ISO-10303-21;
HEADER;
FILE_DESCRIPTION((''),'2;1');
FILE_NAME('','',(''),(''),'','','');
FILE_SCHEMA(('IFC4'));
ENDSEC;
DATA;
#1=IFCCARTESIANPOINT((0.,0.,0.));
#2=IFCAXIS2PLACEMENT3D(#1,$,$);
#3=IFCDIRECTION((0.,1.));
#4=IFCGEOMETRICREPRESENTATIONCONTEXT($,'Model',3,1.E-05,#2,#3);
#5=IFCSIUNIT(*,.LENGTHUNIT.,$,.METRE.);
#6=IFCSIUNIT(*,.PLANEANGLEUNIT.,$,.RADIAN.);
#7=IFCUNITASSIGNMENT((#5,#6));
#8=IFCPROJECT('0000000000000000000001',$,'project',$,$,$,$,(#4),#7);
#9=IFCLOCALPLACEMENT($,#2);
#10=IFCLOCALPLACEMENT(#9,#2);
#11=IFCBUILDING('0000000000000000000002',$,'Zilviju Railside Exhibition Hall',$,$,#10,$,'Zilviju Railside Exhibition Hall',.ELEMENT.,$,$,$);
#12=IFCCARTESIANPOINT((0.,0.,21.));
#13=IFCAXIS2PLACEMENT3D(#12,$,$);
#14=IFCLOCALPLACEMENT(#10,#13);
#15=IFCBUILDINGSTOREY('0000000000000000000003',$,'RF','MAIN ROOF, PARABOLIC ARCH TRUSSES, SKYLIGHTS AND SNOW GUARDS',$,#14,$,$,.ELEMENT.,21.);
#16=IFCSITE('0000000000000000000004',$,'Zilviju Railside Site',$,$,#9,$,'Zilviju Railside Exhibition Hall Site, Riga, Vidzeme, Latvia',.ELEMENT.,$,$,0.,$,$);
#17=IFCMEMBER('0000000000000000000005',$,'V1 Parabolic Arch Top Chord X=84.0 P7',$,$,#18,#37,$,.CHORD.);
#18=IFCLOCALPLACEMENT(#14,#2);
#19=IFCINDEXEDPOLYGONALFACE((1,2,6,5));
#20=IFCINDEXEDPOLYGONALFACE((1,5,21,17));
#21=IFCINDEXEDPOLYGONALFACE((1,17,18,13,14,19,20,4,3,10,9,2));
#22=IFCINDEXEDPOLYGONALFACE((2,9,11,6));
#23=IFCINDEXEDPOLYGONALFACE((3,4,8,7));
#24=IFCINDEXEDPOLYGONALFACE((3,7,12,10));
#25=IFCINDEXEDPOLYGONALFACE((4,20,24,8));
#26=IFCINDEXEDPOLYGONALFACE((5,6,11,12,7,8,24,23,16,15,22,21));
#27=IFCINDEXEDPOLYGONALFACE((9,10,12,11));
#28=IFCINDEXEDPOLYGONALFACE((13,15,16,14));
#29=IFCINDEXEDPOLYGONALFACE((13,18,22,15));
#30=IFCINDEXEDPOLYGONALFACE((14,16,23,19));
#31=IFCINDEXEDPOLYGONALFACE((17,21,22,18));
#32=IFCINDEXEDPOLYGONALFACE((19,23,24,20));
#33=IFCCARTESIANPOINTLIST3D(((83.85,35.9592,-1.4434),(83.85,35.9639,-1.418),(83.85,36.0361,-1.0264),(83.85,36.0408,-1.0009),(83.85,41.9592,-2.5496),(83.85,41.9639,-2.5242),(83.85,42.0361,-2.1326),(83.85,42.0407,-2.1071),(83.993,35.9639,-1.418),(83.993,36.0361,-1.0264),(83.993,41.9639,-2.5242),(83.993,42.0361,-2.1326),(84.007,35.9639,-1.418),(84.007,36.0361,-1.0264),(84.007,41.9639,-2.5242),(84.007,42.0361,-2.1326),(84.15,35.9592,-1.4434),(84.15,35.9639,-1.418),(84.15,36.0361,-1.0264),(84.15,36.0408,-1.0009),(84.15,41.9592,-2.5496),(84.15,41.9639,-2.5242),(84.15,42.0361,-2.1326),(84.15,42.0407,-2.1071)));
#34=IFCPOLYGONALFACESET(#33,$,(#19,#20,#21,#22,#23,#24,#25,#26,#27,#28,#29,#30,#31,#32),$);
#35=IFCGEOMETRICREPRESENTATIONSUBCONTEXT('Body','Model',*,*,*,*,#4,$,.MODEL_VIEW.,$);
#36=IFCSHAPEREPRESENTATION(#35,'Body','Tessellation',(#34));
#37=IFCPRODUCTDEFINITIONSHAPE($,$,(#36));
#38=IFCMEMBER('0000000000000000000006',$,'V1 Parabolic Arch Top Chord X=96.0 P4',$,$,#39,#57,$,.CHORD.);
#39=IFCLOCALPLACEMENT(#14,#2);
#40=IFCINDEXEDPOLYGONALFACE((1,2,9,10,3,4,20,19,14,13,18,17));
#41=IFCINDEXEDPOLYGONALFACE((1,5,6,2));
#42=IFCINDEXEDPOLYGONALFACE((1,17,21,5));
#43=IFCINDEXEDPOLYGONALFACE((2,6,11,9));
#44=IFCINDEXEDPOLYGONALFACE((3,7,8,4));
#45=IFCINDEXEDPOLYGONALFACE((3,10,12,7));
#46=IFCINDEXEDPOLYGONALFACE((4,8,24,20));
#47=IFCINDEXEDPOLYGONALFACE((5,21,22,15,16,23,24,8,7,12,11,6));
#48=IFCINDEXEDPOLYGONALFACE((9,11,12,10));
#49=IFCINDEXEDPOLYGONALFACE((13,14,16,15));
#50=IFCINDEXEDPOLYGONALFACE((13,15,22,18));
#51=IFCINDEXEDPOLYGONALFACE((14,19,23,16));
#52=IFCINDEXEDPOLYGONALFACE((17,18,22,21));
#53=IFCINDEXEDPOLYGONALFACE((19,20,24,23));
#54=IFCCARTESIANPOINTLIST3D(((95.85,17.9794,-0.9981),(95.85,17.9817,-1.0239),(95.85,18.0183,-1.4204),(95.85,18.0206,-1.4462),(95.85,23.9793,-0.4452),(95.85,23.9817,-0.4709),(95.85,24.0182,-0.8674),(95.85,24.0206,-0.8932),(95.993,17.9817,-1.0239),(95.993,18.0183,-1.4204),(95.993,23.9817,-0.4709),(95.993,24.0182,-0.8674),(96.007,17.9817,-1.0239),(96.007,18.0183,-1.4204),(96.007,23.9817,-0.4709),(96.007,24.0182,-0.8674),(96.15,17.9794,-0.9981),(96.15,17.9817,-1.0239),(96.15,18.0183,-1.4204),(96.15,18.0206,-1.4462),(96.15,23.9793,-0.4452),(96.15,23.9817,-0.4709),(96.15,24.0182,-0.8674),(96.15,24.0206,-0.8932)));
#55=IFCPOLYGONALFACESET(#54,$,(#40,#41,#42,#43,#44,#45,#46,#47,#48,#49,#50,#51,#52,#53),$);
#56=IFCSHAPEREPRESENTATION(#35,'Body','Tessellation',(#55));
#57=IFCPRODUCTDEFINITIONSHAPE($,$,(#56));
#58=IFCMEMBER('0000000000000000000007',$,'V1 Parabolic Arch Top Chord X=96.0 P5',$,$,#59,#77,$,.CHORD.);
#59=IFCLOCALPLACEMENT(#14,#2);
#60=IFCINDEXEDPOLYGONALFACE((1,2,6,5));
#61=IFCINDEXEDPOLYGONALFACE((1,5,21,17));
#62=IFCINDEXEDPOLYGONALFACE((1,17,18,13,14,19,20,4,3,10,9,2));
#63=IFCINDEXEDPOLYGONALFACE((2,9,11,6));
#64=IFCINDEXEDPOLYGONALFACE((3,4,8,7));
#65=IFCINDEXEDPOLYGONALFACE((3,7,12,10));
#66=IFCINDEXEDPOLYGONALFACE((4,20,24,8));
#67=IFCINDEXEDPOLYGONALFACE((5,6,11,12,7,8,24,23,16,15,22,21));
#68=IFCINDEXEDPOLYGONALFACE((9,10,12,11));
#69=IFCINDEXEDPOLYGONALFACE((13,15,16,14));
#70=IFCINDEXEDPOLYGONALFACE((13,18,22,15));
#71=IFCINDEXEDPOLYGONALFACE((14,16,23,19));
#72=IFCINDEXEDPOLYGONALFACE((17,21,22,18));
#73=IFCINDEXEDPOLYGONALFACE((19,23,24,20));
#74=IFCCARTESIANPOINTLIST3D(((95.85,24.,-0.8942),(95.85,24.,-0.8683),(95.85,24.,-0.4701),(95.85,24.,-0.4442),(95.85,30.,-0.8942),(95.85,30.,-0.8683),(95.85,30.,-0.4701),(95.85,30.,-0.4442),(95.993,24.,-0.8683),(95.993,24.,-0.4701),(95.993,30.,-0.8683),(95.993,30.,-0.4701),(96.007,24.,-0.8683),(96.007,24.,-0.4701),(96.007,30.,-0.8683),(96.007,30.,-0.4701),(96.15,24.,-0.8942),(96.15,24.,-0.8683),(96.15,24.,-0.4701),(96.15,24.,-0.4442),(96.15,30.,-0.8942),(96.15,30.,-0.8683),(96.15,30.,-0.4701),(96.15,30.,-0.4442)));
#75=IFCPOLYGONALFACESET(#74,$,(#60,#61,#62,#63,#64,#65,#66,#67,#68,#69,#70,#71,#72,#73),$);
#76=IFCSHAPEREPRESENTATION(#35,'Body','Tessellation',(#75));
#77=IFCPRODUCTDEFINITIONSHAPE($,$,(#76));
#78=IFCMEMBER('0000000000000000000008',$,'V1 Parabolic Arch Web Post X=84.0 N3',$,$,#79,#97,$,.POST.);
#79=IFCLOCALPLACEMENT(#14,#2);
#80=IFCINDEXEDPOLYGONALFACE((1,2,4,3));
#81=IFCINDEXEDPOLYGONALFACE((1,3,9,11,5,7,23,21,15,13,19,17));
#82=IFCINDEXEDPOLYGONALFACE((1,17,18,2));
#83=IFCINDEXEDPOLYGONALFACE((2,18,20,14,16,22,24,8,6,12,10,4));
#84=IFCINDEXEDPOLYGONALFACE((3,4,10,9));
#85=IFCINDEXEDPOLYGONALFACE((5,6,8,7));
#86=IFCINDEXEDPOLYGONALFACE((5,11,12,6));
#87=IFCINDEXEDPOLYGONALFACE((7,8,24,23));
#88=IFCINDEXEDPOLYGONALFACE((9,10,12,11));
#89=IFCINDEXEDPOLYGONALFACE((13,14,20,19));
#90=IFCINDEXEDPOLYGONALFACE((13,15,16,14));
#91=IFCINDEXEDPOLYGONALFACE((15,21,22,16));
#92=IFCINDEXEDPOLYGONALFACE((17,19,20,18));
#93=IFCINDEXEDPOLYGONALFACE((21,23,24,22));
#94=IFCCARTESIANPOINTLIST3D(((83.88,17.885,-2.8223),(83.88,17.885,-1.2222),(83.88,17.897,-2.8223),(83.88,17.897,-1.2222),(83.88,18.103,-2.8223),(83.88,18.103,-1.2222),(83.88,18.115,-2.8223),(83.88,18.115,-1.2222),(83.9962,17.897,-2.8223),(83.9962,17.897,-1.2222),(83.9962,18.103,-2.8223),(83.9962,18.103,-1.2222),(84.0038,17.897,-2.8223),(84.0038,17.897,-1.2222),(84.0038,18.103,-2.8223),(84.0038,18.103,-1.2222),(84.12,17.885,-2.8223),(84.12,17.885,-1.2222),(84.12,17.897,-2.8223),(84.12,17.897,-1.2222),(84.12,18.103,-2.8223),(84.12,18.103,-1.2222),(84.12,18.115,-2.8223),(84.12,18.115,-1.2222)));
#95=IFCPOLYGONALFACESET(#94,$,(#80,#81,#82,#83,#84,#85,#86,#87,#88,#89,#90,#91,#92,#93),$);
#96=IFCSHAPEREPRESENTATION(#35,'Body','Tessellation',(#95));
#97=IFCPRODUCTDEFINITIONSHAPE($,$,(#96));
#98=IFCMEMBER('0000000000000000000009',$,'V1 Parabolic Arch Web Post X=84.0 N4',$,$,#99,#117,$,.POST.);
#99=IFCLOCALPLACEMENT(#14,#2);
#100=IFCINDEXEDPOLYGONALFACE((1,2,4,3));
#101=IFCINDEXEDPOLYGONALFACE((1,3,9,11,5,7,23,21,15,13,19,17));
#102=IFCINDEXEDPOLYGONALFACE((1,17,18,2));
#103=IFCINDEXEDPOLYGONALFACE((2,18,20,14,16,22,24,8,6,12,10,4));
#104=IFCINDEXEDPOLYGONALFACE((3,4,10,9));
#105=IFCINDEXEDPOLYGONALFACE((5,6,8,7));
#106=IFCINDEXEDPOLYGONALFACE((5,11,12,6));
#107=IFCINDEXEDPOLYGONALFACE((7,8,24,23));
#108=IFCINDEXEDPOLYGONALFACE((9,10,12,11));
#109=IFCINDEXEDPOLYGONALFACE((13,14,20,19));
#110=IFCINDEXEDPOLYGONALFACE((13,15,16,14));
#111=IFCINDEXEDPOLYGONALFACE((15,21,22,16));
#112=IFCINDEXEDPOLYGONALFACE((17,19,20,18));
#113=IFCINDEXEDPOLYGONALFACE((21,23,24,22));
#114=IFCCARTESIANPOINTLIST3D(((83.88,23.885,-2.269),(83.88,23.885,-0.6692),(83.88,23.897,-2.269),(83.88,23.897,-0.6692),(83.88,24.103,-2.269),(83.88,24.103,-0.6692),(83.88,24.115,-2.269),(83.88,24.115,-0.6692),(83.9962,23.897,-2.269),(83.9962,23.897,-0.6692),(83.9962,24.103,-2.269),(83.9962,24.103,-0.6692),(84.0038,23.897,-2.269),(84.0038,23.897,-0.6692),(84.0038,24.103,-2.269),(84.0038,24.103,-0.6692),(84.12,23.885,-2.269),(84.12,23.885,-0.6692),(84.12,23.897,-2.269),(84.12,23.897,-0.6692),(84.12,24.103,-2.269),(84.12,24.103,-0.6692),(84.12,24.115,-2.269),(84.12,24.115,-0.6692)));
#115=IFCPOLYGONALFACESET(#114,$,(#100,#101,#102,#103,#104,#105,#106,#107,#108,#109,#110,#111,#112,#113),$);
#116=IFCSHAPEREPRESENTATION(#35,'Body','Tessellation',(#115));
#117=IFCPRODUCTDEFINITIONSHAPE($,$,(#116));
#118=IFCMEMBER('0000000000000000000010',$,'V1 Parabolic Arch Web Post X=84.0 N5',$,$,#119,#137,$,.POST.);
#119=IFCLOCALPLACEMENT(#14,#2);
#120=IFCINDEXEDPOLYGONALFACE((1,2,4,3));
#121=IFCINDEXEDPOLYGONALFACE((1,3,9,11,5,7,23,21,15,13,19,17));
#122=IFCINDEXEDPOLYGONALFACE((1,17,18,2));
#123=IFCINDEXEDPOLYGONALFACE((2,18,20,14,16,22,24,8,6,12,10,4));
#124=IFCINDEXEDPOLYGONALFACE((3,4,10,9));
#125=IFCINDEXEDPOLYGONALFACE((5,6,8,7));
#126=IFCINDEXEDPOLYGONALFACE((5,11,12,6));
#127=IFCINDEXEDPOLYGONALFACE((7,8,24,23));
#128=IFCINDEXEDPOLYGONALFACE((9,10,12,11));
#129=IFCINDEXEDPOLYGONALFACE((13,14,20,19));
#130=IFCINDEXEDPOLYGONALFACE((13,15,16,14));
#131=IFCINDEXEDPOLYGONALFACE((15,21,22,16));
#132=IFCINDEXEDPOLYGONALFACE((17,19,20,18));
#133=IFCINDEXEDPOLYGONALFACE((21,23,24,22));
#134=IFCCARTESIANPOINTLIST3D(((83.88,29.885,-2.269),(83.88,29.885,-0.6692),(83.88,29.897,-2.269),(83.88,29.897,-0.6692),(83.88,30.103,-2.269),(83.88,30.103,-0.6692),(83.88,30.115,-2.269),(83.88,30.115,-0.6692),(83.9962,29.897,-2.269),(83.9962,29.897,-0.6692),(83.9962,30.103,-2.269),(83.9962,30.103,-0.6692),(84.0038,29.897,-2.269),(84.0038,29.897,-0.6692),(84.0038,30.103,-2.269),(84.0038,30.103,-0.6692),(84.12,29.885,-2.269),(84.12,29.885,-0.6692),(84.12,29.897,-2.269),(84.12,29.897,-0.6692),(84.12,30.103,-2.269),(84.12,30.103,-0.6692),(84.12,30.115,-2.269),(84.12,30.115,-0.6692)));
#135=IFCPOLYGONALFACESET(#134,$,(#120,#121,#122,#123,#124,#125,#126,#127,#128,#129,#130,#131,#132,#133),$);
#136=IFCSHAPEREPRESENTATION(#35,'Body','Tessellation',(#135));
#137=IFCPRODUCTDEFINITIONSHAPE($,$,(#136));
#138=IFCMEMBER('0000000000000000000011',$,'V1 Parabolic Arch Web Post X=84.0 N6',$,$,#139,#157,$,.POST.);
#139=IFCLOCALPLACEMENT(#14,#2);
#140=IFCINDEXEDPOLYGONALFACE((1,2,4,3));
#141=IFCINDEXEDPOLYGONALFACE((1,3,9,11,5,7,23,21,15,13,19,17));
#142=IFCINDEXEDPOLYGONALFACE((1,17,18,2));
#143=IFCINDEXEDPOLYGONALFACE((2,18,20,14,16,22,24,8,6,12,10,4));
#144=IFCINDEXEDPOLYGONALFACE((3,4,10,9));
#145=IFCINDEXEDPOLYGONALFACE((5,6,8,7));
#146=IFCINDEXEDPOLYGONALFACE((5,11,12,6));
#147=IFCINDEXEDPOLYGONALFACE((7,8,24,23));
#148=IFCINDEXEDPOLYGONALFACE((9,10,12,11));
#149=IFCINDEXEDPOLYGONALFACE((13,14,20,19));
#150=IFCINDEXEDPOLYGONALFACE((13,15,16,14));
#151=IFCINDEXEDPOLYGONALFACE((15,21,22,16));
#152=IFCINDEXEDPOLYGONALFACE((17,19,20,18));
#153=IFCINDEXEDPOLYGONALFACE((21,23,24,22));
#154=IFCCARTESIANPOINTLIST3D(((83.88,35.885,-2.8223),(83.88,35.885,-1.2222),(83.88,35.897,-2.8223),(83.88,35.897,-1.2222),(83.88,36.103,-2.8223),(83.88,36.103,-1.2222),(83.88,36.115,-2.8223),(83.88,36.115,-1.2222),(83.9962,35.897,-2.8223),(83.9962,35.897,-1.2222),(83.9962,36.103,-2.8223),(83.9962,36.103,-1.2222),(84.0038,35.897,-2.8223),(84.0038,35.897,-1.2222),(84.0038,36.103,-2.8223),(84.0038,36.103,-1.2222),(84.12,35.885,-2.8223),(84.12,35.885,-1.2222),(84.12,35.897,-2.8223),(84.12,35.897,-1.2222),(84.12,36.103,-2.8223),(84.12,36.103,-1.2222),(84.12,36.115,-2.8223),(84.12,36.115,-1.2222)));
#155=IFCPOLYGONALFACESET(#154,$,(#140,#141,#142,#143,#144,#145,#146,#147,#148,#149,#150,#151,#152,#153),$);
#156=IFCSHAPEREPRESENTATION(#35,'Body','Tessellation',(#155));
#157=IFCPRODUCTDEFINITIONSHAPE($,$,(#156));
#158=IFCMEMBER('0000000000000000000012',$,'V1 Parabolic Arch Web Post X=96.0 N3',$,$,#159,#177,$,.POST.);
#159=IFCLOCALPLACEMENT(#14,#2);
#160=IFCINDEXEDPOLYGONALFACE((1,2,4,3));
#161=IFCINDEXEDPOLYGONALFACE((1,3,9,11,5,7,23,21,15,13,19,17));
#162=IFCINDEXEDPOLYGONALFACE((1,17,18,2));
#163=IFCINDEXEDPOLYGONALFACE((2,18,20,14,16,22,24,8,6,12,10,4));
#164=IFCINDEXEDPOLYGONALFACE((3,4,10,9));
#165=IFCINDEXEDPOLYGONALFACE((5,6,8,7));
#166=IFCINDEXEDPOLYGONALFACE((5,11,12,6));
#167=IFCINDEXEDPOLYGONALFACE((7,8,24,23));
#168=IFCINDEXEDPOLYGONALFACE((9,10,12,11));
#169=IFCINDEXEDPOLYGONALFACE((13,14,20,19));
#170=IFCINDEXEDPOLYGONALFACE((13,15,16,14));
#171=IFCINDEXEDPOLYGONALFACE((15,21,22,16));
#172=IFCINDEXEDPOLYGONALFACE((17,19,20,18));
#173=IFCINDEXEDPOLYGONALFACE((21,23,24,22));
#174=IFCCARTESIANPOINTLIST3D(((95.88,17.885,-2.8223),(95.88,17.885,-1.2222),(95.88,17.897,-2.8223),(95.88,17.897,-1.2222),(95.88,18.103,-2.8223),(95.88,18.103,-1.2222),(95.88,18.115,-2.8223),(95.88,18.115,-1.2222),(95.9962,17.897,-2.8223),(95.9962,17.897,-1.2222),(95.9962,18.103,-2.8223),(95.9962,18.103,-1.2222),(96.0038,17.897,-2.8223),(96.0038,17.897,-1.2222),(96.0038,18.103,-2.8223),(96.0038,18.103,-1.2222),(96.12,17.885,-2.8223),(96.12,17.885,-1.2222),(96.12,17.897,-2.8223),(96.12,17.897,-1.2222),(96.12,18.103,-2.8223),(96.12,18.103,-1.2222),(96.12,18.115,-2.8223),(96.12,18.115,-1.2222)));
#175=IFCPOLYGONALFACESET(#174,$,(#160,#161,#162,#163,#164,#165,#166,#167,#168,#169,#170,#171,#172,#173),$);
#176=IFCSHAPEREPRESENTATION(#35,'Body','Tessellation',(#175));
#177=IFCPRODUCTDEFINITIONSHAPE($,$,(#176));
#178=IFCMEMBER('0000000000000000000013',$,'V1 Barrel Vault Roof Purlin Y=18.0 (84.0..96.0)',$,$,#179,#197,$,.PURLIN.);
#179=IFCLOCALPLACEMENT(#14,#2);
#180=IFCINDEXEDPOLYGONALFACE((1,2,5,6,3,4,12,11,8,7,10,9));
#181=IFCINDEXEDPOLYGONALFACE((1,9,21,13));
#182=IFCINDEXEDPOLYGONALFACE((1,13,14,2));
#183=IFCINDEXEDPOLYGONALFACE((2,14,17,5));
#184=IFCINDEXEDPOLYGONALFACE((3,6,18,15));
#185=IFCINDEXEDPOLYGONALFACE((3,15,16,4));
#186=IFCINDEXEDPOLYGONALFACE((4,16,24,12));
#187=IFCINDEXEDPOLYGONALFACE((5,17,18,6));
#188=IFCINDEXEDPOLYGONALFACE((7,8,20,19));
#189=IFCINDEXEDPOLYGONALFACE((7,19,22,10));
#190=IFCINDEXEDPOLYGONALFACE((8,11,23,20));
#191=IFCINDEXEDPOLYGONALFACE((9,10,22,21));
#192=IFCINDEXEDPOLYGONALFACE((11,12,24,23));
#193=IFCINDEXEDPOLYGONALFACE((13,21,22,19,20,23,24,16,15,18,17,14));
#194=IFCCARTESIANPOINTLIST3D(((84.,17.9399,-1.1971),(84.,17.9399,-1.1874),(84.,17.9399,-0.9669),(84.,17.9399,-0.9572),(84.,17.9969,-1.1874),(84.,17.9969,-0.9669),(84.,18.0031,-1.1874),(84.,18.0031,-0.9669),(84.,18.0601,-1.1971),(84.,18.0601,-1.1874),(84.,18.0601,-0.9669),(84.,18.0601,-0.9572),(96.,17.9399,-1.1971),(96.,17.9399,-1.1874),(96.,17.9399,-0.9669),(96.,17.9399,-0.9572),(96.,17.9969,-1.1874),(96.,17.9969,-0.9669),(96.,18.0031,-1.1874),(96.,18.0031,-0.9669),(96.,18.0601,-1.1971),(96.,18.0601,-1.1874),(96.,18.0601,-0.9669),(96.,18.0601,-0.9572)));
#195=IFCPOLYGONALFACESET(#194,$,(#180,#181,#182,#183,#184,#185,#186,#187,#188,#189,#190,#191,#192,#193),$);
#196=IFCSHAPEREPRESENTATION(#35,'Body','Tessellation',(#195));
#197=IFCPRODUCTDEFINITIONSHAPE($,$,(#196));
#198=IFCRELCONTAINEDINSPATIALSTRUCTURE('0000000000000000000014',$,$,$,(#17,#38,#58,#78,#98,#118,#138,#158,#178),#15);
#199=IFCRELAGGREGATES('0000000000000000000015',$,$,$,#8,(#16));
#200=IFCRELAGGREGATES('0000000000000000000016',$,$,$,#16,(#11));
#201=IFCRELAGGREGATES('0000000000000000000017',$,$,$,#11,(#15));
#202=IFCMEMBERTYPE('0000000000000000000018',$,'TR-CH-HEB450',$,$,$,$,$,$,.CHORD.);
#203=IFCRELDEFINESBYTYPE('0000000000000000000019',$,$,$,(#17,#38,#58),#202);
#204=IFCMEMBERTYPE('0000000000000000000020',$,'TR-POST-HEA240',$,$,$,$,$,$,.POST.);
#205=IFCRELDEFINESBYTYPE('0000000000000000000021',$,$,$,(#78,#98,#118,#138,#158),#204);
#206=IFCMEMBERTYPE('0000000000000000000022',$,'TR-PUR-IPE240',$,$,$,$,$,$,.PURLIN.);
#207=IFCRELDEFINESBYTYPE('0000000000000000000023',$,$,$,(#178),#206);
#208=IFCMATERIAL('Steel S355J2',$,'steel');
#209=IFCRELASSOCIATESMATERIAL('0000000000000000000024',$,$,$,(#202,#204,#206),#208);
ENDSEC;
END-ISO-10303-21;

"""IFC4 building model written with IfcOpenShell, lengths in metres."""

from ifc_helpers import new_model, si_unit, direction, frame, origin, origin_2d, place, context, subcontext, project, spatial, i_section, extrude, material, material_profile, profile_set, type_object, element, save


model = new_model("IFC4")

# Units and contexts
model_context = context("Model", 3, precision=1e-05, world=origin(), true_north=direction((0.0, 1.0)))
body_context = subcontext(model_context, "Body", "Model", "MODEL_VIEW")
ifc_project = project(units=[si_unit("LENGTHUNIT", "METRE"), si_unit("PLANEANGLEUNIT", "RADIAN")], contexts=[model_context])

# Site, building, storey
site_placement = place(None, origin())
site = spatial("IfcSite", under=ifc_project, at=site_placement, Name="Zilviju Railside Site", LongName="Zilviju Railside Exhibition Hall Site, Riga, Vidzeme, Latvia", CompositionType="ELEMENT", RefElevation=0.0)
building_placement = place(site_placement, origin())
building = spatial("IfcBuilding", under=site, at=building_placement, Name="Zilviju Railside Exhibition Hall", LongName="Zilviju Railside Exhibition Hall", CompositionType="ELEMENT")
storey_placement = place(building_placement, frame((0.0, 0.0, 21.0)))
storey = spatial("IfcBuildingStorey", under=building, at=storey_placement, Name="RF", Description="MAIN ROOF, PARABOLIC ARCH TRUSSES, SKYLIGHTS AND SNOW GUARDS", CompositionType="ELEMENT", Elevation=21.0)

# Members
ifc_material_1 = material(Name="Steel S355J2", Category="steel")
ifc_material_profile_1 = material_profile(ifc_material_1, i_section(OverallWidth=0.3, OverallDepth=0.45, WebThickness=0.0139, FlangeThickness=0.0259, at=origin_2d()), Name="HEB 450")
ifc_profile_set_1 = profile_set([ifc_material_profile_1], Name="Steel S355J2")
member_type_1 = type_object("IfcMemberType", Name="TR-CH-HEB450", PredefinedType="CHORD", material=ifc_profile_set_1)
member_1_placement = place(storey_placement, frame((84.0, 36.0, -1.2222), z_axis=(0.0, 0.983426, -0.181311), x_axis=(-1.0, 0.0, 0.0)))
element("IfcMember", 1, at=member_1_placement, inside=storey, type_object=member_type_1, Name="V1 Parabolic Arch Top Chord X=84.0 P7", PredefinedType="CHORD", context=body_context, shape_type="SweptSolid", body=[
    extrude(i_section(OverallWidth=0.3, OverallDepth=0.45, WebThickness=0.0139, FlangeThickness=0.0259, at=origin_2d()), origin(), (0.0, 0.0, 1.0), 6.1011),
])
member_2_placement = place(storey_placement, frame((96.0, 18.0, -1.2222), z_axis=(0.0, 0.99578, 0.091774), x_axis=(-1.0, 0.0, 0.0)))
element("IfcMember", 2, at=member_2_placement, inside=storey, type_object=member_type_1, Name="V1 Parabolic Arch Top Chord X=96.0 P4", PredefinedType="CHORD", context=body_context, shape_type="SweptSolid", body=[
    extrude(i_section(OverallWidth=0.3, OverallDepth=0.45, WebThickness=0.0139, FlangeThickness=0.0259, at=origin_2d()), origin(), (0.0, 0.0, 1.0), 6.0254),
])
member_3_placement = place(storey_placement, frame((96.0, 24.0, -0.6692), z_axis=(0.0, 1.0, 0.0), x_axis=(-1.0, 0.0, 0.0)))
element("IfcMember", 3, at=member_3_placement, inside=storey, type_object=member_type_1, Name="V1 Parabolic Arch Top Chord X=96.0 P5", PredefinedType="CHORD", context=body_context, shape_type="SweptSolid", body=[
    extrude(i_section(OverallWidth=0.3, OverallDepth=0.45, WebThickness=0.0139, FlangeThickness=0.0259, at=origin_2d()), origin(), (0.0, 0.0, 1.0), 6.0),
])
ifc_material_profile_2 = material_profile(ifc_material_1, i_section(OverallWidth=0.24, OverallDepth=0.23, WebThickness=0.0076, FlangeThickness=0.012, at=origin_2d()), Name="HEA 240")
ifc_profile_set_2 = profile_set([ifc_material_profile_2], Name="Steel S355J2")
member_type_2 = type_object("IfcMemberType", Name="TR-POST-HEA240", PredefinedType="POST", material=ifc_profile_set_2)
member_4_placement = place(storey_placement, frame((84.0, 18.0, -2.8223), z_axis=(0.0, 0.0, 1.0), x_axis=(1.0, 0.0, 0.0)))
element("IfcMember", 4, at=member_4_placement, inside=storey, type_object=member_type_2, Name="V1 Parabolic Arch Web Post X=84.0 N3", PredefinedType="POST", context=body_context, shape_type="SweptSolid", body=[
    extrude(i_section(OverallWidth=0.24, OverallDepth=0.23, WebThickness=0.0076, FlangeThickness=0.012, at=origin_2d()), origin(), (0.0, 0.0, 1.0), 1.6001),
])
for number, where, z_axis, x_axis, name in (
    (5, (84.0, 24.0, -2.269), (0.0, 0.0, 1.0), (1.0, 0.0, 0.0), "V1 Parabolic Arch Web Post X=84.0 N4"),
    (6, (84.0, 30.0, -2.269), (0.0, 0.0, 1.0), (1.0, 0.0, 0.0), "V1 Parabolic Arch Web Post X=84.0 N5"),
):
    element("IfcMember", number, at=place(storey_placement, frame(where, z_axis=z_axis, x_axis=x_axis)), inside=storey, type_object=member_type_2, Name=name, PredefinedType="POST", context=body_context, shape_type="SweptSolid", body=[
        extrude(i_section(OverallWidth=0.24, OverallDepth=0.23, WebThickness=0.0076, FlangeThickness=0.012, at=origin_2d()), origin(), (0.0, 0.0, 1.0), 1.5999),
    ])
for number, where, z_axis, x_axis, name in (
    (7, (84.0, 36.0, -2.8223), (0.0, 0.0, 1.0), (1.0, 0.0, 0.0), "V1 Parabolic Arch Web Post X=84.0 N6"),
    (8, (96.0, 18.0, -2.8223), (0.0, 0.0, 1.0), (1.0, 0.0, 0.0), "V1 Parabolic Arch Web Post X=96.0 N3"),
):
    element("IfcMember", number, at=place(storey_placement, frame(where, z_axis=z_axis, x_axis=x_axis)), inside=storey, type_object=member_type_2, Name=name, PredefinedType="POST", context=body_context, shape_type="SweptSolid", body=[
        extrude(i_section(OverallWidth=0.24, OverallDepth=0.23, WebThickness=0.0076, FlangeThickness=0.012, at=origin_2d()), origin(), (0.0, 0.0, 1.0), 1.6001),
    ])
ifc_material_profile_3 = material_profile(ifc_material_1, i_section(OverallWidth=0.1201, OverallDepth=0.24, WebThickness=0.0061, FlangeThickness=0.0098, at=origin_2d()), Name="IPE 240")
ifc_profile_set_3 = profile_set([ifc_material_profile_3], Name="Steel S355J2")
member_type_3 = type_object("IfcMemberType", Name="TR-PUR-IPE240", PredefinedType="PURLIN", material=ifc_profile_set_3)
for number, where, z_axis, x_axis, name in (
    (9, (84.0, 18.0, -1.0771), (1.0, 0.0, 0.0), (0.0, 1.0, 0.0), "V1 Barrel Vault Roof Purlin Y=18.0 (84.0..96.0)"),
):
    element("IfcMember", number, at=place(storey_placement, frame(where, z_axis=z_axis, x_axis=x_axis)), inside=storey, type_object=member_type_3, Name=name, PredefinedType="PURLIN", context=body_context, shape_type="SweptSolid", body=[
        extrude(i_section(OverallWidth=0.1201, OverallDepth=0.24, WebThickness=0.0061, FlangeThickness=0.0098, at=origin_2d()), origin(), (0.0, 0.0, 1.0), 12.0),
    ])

save(model, "model.ifc")
